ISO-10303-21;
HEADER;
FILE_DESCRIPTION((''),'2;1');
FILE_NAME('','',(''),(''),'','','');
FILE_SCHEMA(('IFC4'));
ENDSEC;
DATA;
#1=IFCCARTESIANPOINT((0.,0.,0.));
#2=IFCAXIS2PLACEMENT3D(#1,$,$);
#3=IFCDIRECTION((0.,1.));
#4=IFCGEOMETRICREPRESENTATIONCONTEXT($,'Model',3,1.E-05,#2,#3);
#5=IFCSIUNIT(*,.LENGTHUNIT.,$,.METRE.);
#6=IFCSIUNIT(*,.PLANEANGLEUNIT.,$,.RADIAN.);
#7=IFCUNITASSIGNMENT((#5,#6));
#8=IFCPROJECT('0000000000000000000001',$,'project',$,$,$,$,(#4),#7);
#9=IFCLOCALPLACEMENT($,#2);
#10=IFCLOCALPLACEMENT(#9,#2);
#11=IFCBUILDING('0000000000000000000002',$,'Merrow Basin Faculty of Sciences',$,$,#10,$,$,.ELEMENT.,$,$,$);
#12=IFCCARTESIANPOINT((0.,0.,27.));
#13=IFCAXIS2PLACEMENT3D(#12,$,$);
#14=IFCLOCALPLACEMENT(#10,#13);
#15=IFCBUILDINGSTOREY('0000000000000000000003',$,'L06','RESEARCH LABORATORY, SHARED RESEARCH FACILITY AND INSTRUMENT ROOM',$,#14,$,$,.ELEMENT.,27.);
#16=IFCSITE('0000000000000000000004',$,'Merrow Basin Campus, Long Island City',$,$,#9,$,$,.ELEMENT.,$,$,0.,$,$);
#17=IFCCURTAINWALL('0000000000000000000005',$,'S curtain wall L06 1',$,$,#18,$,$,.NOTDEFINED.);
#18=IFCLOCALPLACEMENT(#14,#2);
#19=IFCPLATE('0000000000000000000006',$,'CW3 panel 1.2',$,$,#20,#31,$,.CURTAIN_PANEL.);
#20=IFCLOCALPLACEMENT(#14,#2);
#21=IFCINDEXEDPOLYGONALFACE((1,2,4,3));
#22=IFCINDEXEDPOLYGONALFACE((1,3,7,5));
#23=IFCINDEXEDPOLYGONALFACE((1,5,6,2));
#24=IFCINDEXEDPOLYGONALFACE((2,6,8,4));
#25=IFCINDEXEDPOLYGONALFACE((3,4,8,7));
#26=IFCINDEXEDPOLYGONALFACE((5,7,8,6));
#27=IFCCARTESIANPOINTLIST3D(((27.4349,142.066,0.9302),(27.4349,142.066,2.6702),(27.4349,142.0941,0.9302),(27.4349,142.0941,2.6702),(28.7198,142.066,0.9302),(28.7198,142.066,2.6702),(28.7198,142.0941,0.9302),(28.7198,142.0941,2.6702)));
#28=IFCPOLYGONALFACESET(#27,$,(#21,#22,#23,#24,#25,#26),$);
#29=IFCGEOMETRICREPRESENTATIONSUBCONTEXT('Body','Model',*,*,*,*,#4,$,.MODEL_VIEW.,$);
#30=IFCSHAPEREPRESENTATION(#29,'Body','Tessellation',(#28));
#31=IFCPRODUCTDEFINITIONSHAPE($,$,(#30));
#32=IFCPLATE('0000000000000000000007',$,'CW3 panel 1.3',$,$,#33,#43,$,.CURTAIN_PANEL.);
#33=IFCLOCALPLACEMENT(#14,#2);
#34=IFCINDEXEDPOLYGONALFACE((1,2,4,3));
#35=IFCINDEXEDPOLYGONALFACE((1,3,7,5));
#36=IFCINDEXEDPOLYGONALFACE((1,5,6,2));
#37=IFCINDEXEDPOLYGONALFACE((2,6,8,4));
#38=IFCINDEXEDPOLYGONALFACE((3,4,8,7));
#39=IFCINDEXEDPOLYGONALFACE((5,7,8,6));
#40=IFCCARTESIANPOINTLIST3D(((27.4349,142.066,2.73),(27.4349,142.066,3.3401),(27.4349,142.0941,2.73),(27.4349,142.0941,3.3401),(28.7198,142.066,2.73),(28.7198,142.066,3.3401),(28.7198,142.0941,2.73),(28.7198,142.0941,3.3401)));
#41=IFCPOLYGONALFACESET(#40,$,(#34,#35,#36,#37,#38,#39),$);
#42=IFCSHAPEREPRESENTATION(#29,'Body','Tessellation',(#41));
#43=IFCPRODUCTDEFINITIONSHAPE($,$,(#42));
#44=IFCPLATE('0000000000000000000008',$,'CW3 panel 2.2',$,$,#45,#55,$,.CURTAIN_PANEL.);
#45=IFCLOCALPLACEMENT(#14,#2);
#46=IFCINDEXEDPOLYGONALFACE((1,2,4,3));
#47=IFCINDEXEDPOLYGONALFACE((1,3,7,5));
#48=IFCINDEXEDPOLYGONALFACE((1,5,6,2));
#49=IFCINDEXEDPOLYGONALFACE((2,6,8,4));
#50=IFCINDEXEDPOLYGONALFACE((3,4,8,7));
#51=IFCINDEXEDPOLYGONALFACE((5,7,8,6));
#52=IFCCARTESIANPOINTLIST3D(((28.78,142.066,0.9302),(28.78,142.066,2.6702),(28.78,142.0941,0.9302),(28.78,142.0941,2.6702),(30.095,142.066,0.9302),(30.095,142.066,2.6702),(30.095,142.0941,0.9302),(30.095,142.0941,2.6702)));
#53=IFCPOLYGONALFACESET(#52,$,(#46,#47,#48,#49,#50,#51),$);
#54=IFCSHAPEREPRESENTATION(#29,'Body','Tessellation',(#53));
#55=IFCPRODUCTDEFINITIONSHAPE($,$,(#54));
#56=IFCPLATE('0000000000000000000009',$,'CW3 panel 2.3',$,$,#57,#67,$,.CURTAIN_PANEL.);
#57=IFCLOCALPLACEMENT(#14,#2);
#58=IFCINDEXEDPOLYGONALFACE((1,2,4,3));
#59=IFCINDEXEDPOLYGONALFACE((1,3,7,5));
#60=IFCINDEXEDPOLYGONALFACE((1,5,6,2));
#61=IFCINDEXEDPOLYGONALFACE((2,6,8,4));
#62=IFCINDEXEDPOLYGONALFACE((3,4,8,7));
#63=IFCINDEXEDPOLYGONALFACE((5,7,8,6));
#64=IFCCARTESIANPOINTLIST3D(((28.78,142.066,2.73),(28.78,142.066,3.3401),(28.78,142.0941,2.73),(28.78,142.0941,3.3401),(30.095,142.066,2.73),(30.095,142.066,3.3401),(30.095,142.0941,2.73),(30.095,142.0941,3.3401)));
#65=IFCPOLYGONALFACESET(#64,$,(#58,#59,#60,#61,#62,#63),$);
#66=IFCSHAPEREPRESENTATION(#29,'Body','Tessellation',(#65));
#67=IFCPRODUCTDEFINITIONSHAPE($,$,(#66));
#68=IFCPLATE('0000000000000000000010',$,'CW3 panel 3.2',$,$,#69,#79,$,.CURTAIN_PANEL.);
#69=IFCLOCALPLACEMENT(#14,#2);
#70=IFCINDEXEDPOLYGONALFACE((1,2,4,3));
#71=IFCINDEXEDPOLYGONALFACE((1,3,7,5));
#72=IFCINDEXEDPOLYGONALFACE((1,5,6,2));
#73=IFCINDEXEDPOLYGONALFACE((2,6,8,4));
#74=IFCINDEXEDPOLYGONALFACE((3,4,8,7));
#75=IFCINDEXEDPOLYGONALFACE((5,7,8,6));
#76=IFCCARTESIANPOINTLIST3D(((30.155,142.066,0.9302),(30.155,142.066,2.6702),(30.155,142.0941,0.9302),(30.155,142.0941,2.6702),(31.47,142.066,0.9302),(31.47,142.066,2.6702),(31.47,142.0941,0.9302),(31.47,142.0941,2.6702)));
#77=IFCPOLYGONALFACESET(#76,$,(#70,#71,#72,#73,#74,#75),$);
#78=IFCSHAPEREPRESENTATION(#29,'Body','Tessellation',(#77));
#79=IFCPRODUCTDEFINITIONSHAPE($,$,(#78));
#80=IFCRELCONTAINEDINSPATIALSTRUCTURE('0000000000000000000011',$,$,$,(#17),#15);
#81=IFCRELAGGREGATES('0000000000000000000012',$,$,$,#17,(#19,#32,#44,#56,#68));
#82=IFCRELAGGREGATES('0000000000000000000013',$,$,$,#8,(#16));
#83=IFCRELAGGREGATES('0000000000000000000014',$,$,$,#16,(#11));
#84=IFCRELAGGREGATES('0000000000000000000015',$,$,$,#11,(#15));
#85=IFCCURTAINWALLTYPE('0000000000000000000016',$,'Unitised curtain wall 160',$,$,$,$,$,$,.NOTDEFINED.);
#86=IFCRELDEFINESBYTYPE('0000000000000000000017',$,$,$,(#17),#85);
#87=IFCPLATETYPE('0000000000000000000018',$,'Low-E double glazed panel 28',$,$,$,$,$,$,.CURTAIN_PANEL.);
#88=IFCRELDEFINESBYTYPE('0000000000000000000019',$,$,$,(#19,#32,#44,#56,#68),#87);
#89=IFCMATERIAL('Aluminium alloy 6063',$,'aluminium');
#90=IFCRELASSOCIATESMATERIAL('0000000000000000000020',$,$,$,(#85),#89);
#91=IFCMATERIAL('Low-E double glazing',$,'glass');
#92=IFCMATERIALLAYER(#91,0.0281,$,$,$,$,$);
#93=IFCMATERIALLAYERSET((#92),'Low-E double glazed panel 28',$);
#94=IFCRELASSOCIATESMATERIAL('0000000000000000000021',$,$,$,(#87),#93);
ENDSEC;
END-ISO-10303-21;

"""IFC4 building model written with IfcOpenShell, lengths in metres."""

from ifc_helpers import new_model, si_unit, direction, frame, origin, origin_2d, place, context, subcontext, project, spatial, rectangle, extrude, material, layer, layer_set, type_object, element, aggregate, save


model = new_model("IFC4")

# Units and contexts
model_context = context("Model", 3, precision=1e-05, world=origin(), true_north=direction((0.0, 1.0)))
body_context = subcontext(model_context, "Body", "Model", "MODEL_VIEW")
ifc_project = project(units=[si_unit("LENGTHUNIT", "METRE"), si_unit("PLANEANGLEUNIT", "RADIAN")], contexts=[model_context])

# Site, building, storey
site_placement = place(None, origin())
site = spatial("IfcSite", under=ifc_project, at=site_placement, Name="Merrow Basin Campus, Long Island City", CompositionType="ELEMENT", RefElevation=0.0)
building_placement = place(site_placement, origin())
building = spatial("IfcBuilding", under=site, at=building_placement, Name="Merrow Basin Faculty of Sciences", CompositionType="ELEMENT")
storey_placement = place(building_placement, frame((0.0, 0.0, 27.0)))
storey = spatial("IfcBuildingStorey", under=building, at=storey_placement, Name="L06", Description="RESEARCH LABORATORY, SHARED RESEARCH FACILITY AND INSTRUMENT ROOM", CompositionType="ELEMENT", Elevation=27.0)

# Curtain wall, plates
ifc_material_1 = material(Name="Aluminium alloy 6063", Category="aluminium")
curtain_wall_type = type_object("IfcCurtainWallType", Name="Unitised curtain wall 160", PredefinedType="NOTDEFINED", material=ifc_material_1)
curtain_wall_placement = place(storey_placement, origin())
curtain_wall = element("IfcCurtainWall", 1, at=curtain_wall_placement, inside=storey, type_object=curtain_wall_type, Name="S curtain wall L06 1", PredefinedType="NOTDEFINED")
ifc_material_2 = material(Name="Low-E double glazing", Category="glass")
ifc_layer_1 = layer(ifc_material_2, 0.0281)
ifc_layer_set_1 = layer_set([ifc_layer_1], Name="Low-E double glazed panel 28")
plate_type_1 = type_object("IfcPlateType", Name="Low-E double glazed panel 28", PredefinedType="CURTAIN_PANEL", material=ifc_layer_set_1)
plate_1_placement = place(storey_placement, frame((28.0774, 142.0801, 0.9302), z_axis=(0.0, 0.0, 1.0), x_axis=(1.0, 0.0, 0.0)))
plate_1 = element("IfcPlate", 2, at=plate_1_placement, type_object=plate_type_1, Name="CW3 panel 1.2", PredefinedType="CURTAIN_PANEL", context=body_context, shape_type="SweptSolid", body=[
    extrude(rectangle(XDim=1.2849, YDim=0.0281, at=origin_2d()), origin(), (0.0, 0.0, 1.0), 1.74),
])
plate_2_placement = place(storey_placement, frame((28.0774, 142.0801, 2.73), z_axis=(0.0, 0.0, 1.0), x_axis=(1.0, 0.0, 0.0)))
plate_2 = element("IfcPlate", 3, at=plate_2_placement, type_object=plate_type_1, Name="CW3 panel 1.3", PredefinedType="CURTAIN_PANEL", context=body_context, shape_type="SweptSolid", body=[
    extrude(rectangle(XDim=1.2849, YDim=0.0281, at=origin_2d()), origin(), (0.0, 0.0, 1.0), 0.6101),
])
plate_3_placement = place(storey_placement, frame((29.4375, 142.0801, 0.9302), z_axis=(0.0, 0.0, 1.0), x_axis=(1.0, 0.0, 0.0)))
plate_3 = element("IfcPlate", 4, at=plate_3_placement, type_object=plate_type_1, Name="CW3 panel 2.2", PredefinedType="CURTAIN_PANEL", context=body_context, shape_type="SweptSolid", body=[
    extrude(rectangle(XDim=1.3149, YDim=0.0281, at=origin_2d()), origin(), (0.0, 0.0, 1.0), 1.74),
])
plate_4_placement = place(storey_placement, frame((29.4375, 142.0801, 2.73), z_axis=(0.0, 0.0, 1.0), x_axis=(1.0, 0.0, 0.0)))
plate_4 = element("IfcPlate", 5, at=plate_4_placement, type_object=plate_type_1, Name="CW3 panel 2.3", PredefinedType="CURTAIN_PANEL", context=body_context, shape_type="SweptSolid", body=[
    extrude(rectangle(XDim=1.3149, YDim=0.0281, at=origin_2d()), origin(), (0.0, 0.0, 1.0), 0.6101),
])
plate_5_placement = place(storey_placement, frame((30.8125, 142.0801, 0.9302), z_axis=(0.0, 0.0, 1.0), x_axis=(1.0, 0.0, 0.0)))
plate_5 = element("IfcPlate", 6, at=plate_5_placement, type_object=plate_type_1, Name="CW3 panel 3.2", PredefinedType="CURTAIN_PANEL", context=body_context, shape_type="SweptSolid", body=[
    extrude(rectangle(XDim=1.3149, YDim=0.0281, at=origin_2d()), origin(), (0.0, 0.0, 1.0), 1.74),
])
aggregate(curtain_wall, [plate_1, plate_2, plate_3, plate_4, plate_5])

save(model, "model.ifc")
